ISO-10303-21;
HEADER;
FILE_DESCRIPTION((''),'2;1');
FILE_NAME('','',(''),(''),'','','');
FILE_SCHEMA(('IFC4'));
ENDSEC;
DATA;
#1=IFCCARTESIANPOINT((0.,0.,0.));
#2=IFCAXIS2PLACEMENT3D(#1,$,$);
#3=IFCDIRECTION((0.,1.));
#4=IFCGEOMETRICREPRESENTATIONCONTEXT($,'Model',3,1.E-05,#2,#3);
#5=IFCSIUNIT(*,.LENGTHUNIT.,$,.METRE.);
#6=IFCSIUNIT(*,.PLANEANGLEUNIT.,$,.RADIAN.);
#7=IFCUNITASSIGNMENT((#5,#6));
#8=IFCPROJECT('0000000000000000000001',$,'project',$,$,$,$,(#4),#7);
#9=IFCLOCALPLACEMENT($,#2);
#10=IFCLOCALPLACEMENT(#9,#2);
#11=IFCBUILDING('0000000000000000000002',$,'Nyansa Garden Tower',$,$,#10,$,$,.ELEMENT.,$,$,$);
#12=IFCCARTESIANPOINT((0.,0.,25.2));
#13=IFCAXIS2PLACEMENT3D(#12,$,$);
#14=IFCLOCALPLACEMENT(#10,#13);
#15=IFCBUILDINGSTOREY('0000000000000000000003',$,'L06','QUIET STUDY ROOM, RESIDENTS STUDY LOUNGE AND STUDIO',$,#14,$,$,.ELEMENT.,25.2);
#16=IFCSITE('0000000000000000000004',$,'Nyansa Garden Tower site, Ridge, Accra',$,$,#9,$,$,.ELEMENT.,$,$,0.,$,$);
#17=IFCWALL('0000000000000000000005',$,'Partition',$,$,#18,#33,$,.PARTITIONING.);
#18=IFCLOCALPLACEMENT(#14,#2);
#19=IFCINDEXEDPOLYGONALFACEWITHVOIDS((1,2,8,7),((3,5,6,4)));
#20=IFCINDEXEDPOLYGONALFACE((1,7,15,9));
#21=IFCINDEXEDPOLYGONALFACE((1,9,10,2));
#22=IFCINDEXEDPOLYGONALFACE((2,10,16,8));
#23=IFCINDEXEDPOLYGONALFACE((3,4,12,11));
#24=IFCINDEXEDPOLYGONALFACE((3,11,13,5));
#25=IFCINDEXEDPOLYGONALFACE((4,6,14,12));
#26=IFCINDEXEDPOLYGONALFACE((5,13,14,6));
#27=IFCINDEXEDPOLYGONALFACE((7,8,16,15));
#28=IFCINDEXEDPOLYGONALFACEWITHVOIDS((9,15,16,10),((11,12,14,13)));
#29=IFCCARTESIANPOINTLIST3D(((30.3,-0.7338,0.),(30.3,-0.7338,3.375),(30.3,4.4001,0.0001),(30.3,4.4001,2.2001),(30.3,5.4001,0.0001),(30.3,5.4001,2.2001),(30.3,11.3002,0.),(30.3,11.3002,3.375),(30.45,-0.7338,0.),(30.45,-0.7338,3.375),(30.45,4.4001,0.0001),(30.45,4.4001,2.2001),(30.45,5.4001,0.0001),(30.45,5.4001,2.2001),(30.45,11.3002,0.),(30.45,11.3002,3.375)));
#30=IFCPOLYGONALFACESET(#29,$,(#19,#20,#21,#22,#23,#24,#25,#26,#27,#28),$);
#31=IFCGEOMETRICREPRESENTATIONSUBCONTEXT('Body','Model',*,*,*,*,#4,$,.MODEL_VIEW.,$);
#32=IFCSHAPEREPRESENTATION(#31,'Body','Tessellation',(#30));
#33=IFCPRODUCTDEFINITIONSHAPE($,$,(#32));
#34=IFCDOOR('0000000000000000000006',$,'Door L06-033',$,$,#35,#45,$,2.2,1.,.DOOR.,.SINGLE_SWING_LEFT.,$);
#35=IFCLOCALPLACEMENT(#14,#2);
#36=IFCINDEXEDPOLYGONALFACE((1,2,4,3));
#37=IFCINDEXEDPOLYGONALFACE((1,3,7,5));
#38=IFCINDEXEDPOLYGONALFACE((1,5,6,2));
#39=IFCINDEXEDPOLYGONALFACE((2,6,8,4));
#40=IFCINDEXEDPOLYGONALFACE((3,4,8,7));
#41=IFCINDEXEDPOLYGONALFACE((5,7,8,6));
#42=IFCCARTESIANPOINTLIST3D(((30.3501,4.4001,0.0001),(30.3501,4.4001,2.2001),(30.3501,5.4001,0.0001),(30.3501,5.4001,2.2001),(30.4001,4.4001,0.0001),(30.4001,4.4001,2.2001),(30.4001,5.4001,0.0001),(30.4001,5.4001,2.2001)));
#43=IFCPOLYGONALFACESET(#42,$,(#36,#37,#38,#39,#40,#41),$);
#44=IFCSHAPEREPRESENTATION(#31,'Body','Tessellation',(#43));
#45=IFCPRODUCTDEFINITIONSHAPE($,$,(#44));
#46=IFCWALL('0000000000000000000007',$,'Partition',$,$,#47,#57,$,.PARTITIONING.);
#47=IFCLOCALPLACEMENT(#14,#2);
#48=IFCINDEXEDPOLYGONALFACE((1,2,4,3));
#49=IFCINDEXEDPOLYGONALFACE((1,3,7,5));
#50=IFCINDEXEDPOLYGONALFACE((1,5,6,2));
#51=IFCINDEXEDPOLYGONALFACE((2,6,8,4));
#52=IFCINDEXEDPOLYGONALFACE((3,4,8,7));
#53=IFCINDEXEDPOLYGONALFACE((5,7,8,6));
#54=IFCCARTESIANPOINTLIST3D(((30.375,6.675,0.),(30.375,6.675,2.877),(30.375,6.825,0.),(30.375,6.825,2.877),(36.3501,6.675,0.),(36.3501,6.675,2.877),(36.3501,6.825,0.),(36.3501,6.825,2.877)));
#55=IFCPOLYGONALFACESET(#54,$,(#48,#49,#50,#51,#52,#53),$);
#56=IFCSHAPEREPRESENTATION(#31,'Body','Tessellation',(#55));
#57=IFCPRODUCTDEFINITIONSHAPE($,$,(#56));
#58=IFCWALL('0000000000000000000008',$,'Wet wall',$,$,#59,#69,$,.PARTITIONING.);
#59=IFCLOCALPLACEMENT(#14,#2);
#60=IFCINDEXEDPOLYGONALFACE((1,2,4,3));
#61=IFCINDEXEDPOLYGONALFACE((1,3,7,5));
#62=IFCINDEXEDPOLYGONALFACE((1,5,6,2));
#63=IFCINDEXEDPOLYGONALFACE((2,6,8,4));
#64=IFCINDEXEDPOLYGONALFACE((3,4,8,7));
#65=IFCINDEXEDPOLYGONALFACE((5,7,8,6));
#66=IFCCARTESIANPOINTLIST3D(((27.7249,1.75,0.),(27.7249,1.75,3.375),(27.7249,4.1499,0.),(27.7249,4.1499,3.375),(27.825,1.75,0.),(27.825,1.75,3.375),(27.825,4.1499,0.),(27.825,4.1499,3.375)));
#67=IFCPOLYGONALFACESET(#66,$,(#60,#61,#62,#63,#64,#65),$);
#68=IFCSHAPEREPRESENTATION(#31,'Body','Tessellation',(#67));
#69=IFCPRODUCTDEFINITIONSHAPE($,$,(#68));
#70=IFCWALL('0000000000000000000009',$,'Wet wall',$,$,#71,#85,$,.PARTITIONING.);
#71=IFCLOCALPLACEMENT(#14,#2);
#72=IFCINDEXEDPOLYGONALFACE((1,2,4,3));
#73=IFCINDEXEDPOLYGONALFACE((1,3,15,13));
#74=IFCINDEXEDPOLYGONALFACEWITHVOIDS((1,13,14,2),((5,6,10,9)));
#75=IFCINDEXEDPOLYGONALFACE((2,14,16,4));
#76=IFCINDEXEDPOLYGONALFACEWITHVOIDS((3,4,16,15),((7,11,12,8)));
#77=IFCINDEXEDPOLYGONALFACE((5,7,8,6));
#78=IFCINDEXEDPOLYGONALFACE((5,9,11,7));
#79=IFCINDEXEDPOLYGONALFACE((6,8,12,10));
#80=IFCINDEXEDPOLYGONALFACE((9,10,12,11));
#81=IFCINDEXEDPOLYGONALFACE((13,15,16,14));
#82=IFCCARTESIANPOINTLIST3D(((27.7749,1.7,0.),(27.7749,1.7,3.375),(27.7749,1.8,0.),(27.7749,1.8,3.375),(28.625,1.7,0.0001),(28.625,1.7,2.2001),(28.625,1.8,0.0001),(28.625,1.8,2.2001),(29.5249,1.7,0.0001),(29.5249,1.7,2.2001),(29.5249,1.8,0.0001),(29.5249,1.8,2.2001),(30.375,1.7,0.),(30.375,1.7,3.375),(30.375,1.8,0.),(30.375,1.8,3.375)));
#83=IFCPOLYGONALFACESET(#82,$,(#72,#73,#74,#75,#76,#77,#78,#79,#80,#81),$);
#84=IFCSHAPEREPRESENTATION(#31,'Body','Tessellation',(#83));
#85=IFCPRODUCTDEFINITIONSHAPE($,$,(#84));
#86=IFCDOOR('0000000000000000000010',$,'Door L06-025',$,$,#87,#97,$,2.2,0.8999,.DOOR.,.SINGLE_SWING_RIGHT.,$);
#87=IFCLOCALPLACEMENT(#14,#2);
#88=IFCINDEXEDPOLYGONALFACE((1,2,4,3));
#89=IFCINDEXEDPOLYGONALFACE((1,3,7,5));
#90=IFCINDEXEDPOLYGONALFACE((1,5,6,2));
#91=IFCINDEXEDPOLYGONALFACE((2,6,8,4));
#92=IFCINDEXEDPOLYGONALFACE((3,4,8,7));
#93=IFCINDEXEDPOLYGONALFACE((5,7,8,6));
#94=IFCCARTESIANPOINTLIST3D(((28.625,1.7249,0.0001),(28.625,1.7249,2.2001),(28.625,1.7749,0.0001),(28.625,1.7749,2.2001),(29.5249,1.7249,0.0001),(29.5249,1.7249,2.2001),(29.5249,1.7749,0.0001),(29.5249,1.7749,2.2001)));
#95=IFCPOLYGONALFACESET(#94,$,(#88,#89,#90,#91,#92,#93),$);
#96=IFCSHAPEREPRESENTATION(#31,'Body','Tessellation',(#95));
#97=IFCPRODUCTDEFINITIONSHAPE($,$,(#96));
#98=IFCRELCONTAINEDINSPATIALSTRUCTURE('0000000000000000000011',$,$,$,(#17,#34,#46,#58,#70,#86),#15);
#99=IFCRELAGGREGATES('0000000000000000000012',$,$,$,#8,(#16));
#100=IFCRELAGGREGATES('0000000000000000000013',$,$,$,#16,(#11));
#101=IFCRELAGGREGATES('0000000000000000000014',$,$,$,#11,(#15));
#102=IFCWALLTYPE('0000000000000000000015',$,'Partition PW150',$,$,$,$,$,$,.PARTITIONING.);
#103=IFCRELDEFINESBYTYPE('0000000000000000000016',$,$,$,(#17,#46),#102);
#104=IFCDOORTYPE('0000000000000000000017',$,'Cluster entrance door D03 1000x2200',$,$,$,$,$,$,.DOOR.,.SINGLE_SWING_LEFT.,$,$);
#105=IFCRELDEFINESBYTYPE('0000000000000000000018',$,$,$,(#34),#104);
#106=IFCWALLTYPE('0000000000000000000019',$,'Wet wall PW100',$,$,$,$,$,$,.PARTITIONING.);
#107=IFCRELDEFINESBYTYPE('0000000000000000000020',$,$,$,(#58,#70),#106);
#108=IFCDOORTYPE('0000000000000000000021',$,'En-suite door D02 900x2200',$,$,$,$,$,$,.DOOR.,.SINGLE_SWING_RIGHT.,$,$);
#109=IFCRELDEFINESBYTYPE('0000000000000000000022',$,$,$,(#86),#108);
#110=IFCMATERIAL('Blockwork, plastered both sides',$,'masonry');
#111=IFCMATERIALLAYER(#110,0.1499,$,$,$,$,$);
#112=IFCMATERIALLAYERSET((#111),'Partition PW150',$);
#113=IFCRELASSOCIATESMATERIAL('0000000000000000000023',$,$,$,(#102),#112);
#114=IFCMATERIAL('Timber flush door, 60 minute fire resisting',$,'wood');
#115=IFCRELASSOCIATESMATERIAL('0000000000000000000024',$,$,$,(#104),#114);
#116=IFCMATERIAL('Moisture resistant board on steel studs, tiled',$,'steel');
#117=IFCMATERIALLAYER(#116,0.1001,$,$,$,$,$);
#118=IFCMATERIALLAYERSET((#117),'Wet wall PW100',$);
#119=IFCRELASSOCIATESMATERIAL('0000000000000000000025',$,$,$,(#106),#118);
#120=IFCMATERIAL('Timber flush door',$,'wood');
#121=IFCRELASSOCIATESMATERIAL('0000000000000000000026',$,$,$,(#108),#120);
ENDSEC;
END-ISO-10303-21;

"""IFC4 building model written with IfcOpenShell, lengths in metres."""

from ifc_helpers import new_model, si_unit, direction, frame, frame_2d, origin, place, context, subcontext, project, spatial, rectangle, extrude, material, layer, layer_set, type_object, element, fill, save


model = new_model("IFC4")

# Units and contexts
model_context = context("Model", 3, precision=1e-05, world=origin(), true_north=direction((0.0, 1.0)))
body_context = subcontext(model_context, "Body", "Model", "MODEL_VIEW")
ifc_project = project(units=[si_unit("LENGTHUNIT", "METRE"), si_unit("PLANEANGLEUNIT", "RADIAN")], contexts=[model_context])

# Site, building, storey
site_placement = place(None, origin())
site = spatial("IfcSite", under=ifc_project, at=site_placement, Name="Nyansa Garden Tower site, Ridge, Accra", CompositionType="ELEMENT", RefElevation=0.0)
building_placement = place(site_placement, origin())
building = spatial("IfcBuilding", under=site, at=building_placement, Name="Nyansa Garden Tower", CompositionType="ELEMENT")
storey_placement = place(building_placement, frame((0.0, 0.0, 25.2)))
storey = spatial("IfcBuildingStorey", under=building, at=storey_placement, Name="L06", Description="QUIET STUDY ROOM, RESIDENTS STUDY LOUNGE AND STUDIO", CompositionType="ELEMENT", Elevation=25.2)

# Wall, opening, door
ifc_material_1 = material(Name="Blockwork, plastered both sides", Category="masonry")
ifc_layer_1 = layer(ifc_material_1, 0.1499)
ifc_layer_set_1 = layer_set([ifc_layer_1], Name="Partition PW150")
wall_type_1 = type_object("IfcWallType", Name="Partition PW150", PredefinedType="PARTITIONING", material=ifc_layer_set_1)
wall_1_placement = place(storey_placement, frame((30.375, -0.7339, 0.0), z_axis=(0.0, 0.0, 1.0), x_axis=(0.0, 1.0, 0.0)))
wall_1 = element("IfcWall", 1, at=wall_1_placement, inside=storey, type_object=wall_type_1, Name="Partition", PredefinedType="PARTITIONING", context=body_context, shape_type="SweptSolid", body=[
    extrude(rectangle(XDim=12.0339, YDim=0.1499, at=frame_2d((6.0171, 0.0))), origin(), (0.0, 0.0, 1.0), 3.375),
])
opening_1_placement = place(wall_1_placement, frame((5.134, 0.0, 0.0)))
opening_1 = element("IfcOpeningElement", 2, at=opening_1_placement, cuts=wall_1, PredefinedType="OPENING", context=body_context, shape_type="SweptSolid", body=[
    extrude(rectangle(XDim=1.0, YDim=2.2, at=frame_2d((0.5, 1.1001))), frame((0.0, 0.085, 0.0), z_axis=(0.0, -1.0, 0.0), x_axis=(1.0, 0.0, 0.0)), (0.0, 0.0, 1.0), 0.1699),
])
ifc_material_2 = material(Name="Timber flush door, 60 minute fire resisting", Category="wood")
door_type_1 = type_object("IfcDoorType", Name="Cluster entrance door D03 1000x2200", OperationType="SINGLE_SWING_LEFT", PredefinedType="DOOR", material=ifc_material_2)
door_1_placement = place(opening_1_placement, origin())
door_1 = element("IfcDoor", 3, at=door_1_placement, inside=storey, type_object=door_type_1, Name="Door L06-033", OperationType="SINGLE_SWING_LEFT", OverallHeight=2.2, OverallWidth=1.0, PredefinedType="DOOR", context=body_context, shape_type="SweptSolid", body=[
    extrude(rectangle(XDim=1.0, YDim=2.2, at=frame_2d((0.5, 1.1001))), frame((0.0, 0.0249, 0.0), z_axis=(0.0, -1.0, 0.0), x_axis=(1.0, 0.0, 0.0)), (0.0, 0.0, 1.0), 0.05),
])
fill(opening_1, door_1)

# Walls
wall_2_placement = place(storey_placement, frame((30.375, 6.75, 0.0), z_axis=(0.0, 0.0, 1.0), x_axis=(1.0, 0.0, 0.0)))
element("IfcWall", 4, at=wall_2_placement, inside=storey, type_object=wall_type_1, Name="Partition", PredefinedType="PARTITIONING", context=body_context, shape_type="SweptSolid", body=[
    extrude(rectangle(XDim=5.9751, YDim=0.1499, at=frame_2d((2.9875, 0.0))), origin(), (0.0, 0.0, 1.0), 2.877),
])
ifc_material_3 = material(Name="Moisture resistant board on steel studs, tiled", Category="steel")
ifc_layer_2 = layer(ifc_material_3, 0.1001)
ifc_layer_set_2 = layer_set([ifc_layer_2], Name="Wet wall PW100")
wall_type_2 = type_object("IfcWallType", Name="Wet wall PW100", PredefinedType="PARTITIONING", material=ifc_layer_set_2)
wall_3_placement = place(storey_placement, frame((27.7749, 1.75, 0.0), z_axis=(0.0, 0.0, 1.0), x_axis=(0.0, 1.0, 0.0)))
element("IfcWall", 5, at=wall_3_placement, inside=storey, type_object=wall_type_2, Name="Wet wall", PredefinedType="PARTITIONING", context=body_context, shape_type="SweptSolid", body=[
    extrude(rectangle(XDim=2.3999, YDim=0.1001, at=frame_2d((1.2, 0.0))), origin(), (0.0, 0.0, 1.0), 3.375),
])

# Wall, opening, door
wall_4_placement = place(storey_placement, frame((27.7749, 1.75, 0.0), z_axis=(0.0, 0.0, 1.0), x_axis=(1.0, 0.0, 0.0)))
wall_4 = element("IfcWall", 6, at=wall_4_placement, inside=storey, type_object=wall_type_2, Name="Wet wall", PredefinedType="PARTITIONING", context=body_context, shape_type="SweptSolid", body=[
    extrude(rectangle(XDim=2.6001, YDim=0.1001, at=frame_2d((1.3, 0.0))), origin(), (0.0, 0.0, 1.0), 3.375),
])
opening_2_placement = place(wall_4_placement, frame((0.8501, 0.0, 0.0)))
opening_2 = element("IfcOpeningElement", 7, at=opening_2_placement, cuts=wall_4, PredefinedType="OPENING", context=body_context, shape_type="SweptSolid", body=[
    extrude(rectangle(XDim=0.8999, YDim=2.2, at=frame_2d((0.45, 1.1001))), frame((0.0, 0.0601, 0.0), z_axis=(0.0, -1.0, 0.0), x_axis=(1.0, 0.0, 0.0)), (0.0, 0.0, 1.0), 0.1201),
])
ifc_material_4 = material(Name="Timber flush door", Category="wood")
door_type_2 = type_object("IfcDoorType", Name="En-suite door D02 900x2200", OperationType="SINGLE_SWING_RIGHT", PredefinedType="DOOR", material=ifc_material_4)
door_2_placement = place(opening_2_placement, origin())
door_2 = element("IfcDoor", 8, at=door_2_placement, inside=storey, type_object=door_type_2, Name="Door L06-025", OperationType="SINGLE_SWING_RIGHT", OverallHeight=2.2, OverallWidth=0.8999, PredefinedType="DOOR", context=body_context, shape_type="SweptSolid", body=[
    extrude(rectangle(XDim=0.8999, YDim=2.2, at=frame_2d((0.45, 1.1001))), frame((0.0, 0.0249, 0.0), z_axis=(0.0, -1.0, 0.0), x_axis=(1.0, 0.0, 0.0)), (0.0, 0.0, 1.0), 0.05),
])
fill(opening_2, door_2)

save(model, "model.ifc")
